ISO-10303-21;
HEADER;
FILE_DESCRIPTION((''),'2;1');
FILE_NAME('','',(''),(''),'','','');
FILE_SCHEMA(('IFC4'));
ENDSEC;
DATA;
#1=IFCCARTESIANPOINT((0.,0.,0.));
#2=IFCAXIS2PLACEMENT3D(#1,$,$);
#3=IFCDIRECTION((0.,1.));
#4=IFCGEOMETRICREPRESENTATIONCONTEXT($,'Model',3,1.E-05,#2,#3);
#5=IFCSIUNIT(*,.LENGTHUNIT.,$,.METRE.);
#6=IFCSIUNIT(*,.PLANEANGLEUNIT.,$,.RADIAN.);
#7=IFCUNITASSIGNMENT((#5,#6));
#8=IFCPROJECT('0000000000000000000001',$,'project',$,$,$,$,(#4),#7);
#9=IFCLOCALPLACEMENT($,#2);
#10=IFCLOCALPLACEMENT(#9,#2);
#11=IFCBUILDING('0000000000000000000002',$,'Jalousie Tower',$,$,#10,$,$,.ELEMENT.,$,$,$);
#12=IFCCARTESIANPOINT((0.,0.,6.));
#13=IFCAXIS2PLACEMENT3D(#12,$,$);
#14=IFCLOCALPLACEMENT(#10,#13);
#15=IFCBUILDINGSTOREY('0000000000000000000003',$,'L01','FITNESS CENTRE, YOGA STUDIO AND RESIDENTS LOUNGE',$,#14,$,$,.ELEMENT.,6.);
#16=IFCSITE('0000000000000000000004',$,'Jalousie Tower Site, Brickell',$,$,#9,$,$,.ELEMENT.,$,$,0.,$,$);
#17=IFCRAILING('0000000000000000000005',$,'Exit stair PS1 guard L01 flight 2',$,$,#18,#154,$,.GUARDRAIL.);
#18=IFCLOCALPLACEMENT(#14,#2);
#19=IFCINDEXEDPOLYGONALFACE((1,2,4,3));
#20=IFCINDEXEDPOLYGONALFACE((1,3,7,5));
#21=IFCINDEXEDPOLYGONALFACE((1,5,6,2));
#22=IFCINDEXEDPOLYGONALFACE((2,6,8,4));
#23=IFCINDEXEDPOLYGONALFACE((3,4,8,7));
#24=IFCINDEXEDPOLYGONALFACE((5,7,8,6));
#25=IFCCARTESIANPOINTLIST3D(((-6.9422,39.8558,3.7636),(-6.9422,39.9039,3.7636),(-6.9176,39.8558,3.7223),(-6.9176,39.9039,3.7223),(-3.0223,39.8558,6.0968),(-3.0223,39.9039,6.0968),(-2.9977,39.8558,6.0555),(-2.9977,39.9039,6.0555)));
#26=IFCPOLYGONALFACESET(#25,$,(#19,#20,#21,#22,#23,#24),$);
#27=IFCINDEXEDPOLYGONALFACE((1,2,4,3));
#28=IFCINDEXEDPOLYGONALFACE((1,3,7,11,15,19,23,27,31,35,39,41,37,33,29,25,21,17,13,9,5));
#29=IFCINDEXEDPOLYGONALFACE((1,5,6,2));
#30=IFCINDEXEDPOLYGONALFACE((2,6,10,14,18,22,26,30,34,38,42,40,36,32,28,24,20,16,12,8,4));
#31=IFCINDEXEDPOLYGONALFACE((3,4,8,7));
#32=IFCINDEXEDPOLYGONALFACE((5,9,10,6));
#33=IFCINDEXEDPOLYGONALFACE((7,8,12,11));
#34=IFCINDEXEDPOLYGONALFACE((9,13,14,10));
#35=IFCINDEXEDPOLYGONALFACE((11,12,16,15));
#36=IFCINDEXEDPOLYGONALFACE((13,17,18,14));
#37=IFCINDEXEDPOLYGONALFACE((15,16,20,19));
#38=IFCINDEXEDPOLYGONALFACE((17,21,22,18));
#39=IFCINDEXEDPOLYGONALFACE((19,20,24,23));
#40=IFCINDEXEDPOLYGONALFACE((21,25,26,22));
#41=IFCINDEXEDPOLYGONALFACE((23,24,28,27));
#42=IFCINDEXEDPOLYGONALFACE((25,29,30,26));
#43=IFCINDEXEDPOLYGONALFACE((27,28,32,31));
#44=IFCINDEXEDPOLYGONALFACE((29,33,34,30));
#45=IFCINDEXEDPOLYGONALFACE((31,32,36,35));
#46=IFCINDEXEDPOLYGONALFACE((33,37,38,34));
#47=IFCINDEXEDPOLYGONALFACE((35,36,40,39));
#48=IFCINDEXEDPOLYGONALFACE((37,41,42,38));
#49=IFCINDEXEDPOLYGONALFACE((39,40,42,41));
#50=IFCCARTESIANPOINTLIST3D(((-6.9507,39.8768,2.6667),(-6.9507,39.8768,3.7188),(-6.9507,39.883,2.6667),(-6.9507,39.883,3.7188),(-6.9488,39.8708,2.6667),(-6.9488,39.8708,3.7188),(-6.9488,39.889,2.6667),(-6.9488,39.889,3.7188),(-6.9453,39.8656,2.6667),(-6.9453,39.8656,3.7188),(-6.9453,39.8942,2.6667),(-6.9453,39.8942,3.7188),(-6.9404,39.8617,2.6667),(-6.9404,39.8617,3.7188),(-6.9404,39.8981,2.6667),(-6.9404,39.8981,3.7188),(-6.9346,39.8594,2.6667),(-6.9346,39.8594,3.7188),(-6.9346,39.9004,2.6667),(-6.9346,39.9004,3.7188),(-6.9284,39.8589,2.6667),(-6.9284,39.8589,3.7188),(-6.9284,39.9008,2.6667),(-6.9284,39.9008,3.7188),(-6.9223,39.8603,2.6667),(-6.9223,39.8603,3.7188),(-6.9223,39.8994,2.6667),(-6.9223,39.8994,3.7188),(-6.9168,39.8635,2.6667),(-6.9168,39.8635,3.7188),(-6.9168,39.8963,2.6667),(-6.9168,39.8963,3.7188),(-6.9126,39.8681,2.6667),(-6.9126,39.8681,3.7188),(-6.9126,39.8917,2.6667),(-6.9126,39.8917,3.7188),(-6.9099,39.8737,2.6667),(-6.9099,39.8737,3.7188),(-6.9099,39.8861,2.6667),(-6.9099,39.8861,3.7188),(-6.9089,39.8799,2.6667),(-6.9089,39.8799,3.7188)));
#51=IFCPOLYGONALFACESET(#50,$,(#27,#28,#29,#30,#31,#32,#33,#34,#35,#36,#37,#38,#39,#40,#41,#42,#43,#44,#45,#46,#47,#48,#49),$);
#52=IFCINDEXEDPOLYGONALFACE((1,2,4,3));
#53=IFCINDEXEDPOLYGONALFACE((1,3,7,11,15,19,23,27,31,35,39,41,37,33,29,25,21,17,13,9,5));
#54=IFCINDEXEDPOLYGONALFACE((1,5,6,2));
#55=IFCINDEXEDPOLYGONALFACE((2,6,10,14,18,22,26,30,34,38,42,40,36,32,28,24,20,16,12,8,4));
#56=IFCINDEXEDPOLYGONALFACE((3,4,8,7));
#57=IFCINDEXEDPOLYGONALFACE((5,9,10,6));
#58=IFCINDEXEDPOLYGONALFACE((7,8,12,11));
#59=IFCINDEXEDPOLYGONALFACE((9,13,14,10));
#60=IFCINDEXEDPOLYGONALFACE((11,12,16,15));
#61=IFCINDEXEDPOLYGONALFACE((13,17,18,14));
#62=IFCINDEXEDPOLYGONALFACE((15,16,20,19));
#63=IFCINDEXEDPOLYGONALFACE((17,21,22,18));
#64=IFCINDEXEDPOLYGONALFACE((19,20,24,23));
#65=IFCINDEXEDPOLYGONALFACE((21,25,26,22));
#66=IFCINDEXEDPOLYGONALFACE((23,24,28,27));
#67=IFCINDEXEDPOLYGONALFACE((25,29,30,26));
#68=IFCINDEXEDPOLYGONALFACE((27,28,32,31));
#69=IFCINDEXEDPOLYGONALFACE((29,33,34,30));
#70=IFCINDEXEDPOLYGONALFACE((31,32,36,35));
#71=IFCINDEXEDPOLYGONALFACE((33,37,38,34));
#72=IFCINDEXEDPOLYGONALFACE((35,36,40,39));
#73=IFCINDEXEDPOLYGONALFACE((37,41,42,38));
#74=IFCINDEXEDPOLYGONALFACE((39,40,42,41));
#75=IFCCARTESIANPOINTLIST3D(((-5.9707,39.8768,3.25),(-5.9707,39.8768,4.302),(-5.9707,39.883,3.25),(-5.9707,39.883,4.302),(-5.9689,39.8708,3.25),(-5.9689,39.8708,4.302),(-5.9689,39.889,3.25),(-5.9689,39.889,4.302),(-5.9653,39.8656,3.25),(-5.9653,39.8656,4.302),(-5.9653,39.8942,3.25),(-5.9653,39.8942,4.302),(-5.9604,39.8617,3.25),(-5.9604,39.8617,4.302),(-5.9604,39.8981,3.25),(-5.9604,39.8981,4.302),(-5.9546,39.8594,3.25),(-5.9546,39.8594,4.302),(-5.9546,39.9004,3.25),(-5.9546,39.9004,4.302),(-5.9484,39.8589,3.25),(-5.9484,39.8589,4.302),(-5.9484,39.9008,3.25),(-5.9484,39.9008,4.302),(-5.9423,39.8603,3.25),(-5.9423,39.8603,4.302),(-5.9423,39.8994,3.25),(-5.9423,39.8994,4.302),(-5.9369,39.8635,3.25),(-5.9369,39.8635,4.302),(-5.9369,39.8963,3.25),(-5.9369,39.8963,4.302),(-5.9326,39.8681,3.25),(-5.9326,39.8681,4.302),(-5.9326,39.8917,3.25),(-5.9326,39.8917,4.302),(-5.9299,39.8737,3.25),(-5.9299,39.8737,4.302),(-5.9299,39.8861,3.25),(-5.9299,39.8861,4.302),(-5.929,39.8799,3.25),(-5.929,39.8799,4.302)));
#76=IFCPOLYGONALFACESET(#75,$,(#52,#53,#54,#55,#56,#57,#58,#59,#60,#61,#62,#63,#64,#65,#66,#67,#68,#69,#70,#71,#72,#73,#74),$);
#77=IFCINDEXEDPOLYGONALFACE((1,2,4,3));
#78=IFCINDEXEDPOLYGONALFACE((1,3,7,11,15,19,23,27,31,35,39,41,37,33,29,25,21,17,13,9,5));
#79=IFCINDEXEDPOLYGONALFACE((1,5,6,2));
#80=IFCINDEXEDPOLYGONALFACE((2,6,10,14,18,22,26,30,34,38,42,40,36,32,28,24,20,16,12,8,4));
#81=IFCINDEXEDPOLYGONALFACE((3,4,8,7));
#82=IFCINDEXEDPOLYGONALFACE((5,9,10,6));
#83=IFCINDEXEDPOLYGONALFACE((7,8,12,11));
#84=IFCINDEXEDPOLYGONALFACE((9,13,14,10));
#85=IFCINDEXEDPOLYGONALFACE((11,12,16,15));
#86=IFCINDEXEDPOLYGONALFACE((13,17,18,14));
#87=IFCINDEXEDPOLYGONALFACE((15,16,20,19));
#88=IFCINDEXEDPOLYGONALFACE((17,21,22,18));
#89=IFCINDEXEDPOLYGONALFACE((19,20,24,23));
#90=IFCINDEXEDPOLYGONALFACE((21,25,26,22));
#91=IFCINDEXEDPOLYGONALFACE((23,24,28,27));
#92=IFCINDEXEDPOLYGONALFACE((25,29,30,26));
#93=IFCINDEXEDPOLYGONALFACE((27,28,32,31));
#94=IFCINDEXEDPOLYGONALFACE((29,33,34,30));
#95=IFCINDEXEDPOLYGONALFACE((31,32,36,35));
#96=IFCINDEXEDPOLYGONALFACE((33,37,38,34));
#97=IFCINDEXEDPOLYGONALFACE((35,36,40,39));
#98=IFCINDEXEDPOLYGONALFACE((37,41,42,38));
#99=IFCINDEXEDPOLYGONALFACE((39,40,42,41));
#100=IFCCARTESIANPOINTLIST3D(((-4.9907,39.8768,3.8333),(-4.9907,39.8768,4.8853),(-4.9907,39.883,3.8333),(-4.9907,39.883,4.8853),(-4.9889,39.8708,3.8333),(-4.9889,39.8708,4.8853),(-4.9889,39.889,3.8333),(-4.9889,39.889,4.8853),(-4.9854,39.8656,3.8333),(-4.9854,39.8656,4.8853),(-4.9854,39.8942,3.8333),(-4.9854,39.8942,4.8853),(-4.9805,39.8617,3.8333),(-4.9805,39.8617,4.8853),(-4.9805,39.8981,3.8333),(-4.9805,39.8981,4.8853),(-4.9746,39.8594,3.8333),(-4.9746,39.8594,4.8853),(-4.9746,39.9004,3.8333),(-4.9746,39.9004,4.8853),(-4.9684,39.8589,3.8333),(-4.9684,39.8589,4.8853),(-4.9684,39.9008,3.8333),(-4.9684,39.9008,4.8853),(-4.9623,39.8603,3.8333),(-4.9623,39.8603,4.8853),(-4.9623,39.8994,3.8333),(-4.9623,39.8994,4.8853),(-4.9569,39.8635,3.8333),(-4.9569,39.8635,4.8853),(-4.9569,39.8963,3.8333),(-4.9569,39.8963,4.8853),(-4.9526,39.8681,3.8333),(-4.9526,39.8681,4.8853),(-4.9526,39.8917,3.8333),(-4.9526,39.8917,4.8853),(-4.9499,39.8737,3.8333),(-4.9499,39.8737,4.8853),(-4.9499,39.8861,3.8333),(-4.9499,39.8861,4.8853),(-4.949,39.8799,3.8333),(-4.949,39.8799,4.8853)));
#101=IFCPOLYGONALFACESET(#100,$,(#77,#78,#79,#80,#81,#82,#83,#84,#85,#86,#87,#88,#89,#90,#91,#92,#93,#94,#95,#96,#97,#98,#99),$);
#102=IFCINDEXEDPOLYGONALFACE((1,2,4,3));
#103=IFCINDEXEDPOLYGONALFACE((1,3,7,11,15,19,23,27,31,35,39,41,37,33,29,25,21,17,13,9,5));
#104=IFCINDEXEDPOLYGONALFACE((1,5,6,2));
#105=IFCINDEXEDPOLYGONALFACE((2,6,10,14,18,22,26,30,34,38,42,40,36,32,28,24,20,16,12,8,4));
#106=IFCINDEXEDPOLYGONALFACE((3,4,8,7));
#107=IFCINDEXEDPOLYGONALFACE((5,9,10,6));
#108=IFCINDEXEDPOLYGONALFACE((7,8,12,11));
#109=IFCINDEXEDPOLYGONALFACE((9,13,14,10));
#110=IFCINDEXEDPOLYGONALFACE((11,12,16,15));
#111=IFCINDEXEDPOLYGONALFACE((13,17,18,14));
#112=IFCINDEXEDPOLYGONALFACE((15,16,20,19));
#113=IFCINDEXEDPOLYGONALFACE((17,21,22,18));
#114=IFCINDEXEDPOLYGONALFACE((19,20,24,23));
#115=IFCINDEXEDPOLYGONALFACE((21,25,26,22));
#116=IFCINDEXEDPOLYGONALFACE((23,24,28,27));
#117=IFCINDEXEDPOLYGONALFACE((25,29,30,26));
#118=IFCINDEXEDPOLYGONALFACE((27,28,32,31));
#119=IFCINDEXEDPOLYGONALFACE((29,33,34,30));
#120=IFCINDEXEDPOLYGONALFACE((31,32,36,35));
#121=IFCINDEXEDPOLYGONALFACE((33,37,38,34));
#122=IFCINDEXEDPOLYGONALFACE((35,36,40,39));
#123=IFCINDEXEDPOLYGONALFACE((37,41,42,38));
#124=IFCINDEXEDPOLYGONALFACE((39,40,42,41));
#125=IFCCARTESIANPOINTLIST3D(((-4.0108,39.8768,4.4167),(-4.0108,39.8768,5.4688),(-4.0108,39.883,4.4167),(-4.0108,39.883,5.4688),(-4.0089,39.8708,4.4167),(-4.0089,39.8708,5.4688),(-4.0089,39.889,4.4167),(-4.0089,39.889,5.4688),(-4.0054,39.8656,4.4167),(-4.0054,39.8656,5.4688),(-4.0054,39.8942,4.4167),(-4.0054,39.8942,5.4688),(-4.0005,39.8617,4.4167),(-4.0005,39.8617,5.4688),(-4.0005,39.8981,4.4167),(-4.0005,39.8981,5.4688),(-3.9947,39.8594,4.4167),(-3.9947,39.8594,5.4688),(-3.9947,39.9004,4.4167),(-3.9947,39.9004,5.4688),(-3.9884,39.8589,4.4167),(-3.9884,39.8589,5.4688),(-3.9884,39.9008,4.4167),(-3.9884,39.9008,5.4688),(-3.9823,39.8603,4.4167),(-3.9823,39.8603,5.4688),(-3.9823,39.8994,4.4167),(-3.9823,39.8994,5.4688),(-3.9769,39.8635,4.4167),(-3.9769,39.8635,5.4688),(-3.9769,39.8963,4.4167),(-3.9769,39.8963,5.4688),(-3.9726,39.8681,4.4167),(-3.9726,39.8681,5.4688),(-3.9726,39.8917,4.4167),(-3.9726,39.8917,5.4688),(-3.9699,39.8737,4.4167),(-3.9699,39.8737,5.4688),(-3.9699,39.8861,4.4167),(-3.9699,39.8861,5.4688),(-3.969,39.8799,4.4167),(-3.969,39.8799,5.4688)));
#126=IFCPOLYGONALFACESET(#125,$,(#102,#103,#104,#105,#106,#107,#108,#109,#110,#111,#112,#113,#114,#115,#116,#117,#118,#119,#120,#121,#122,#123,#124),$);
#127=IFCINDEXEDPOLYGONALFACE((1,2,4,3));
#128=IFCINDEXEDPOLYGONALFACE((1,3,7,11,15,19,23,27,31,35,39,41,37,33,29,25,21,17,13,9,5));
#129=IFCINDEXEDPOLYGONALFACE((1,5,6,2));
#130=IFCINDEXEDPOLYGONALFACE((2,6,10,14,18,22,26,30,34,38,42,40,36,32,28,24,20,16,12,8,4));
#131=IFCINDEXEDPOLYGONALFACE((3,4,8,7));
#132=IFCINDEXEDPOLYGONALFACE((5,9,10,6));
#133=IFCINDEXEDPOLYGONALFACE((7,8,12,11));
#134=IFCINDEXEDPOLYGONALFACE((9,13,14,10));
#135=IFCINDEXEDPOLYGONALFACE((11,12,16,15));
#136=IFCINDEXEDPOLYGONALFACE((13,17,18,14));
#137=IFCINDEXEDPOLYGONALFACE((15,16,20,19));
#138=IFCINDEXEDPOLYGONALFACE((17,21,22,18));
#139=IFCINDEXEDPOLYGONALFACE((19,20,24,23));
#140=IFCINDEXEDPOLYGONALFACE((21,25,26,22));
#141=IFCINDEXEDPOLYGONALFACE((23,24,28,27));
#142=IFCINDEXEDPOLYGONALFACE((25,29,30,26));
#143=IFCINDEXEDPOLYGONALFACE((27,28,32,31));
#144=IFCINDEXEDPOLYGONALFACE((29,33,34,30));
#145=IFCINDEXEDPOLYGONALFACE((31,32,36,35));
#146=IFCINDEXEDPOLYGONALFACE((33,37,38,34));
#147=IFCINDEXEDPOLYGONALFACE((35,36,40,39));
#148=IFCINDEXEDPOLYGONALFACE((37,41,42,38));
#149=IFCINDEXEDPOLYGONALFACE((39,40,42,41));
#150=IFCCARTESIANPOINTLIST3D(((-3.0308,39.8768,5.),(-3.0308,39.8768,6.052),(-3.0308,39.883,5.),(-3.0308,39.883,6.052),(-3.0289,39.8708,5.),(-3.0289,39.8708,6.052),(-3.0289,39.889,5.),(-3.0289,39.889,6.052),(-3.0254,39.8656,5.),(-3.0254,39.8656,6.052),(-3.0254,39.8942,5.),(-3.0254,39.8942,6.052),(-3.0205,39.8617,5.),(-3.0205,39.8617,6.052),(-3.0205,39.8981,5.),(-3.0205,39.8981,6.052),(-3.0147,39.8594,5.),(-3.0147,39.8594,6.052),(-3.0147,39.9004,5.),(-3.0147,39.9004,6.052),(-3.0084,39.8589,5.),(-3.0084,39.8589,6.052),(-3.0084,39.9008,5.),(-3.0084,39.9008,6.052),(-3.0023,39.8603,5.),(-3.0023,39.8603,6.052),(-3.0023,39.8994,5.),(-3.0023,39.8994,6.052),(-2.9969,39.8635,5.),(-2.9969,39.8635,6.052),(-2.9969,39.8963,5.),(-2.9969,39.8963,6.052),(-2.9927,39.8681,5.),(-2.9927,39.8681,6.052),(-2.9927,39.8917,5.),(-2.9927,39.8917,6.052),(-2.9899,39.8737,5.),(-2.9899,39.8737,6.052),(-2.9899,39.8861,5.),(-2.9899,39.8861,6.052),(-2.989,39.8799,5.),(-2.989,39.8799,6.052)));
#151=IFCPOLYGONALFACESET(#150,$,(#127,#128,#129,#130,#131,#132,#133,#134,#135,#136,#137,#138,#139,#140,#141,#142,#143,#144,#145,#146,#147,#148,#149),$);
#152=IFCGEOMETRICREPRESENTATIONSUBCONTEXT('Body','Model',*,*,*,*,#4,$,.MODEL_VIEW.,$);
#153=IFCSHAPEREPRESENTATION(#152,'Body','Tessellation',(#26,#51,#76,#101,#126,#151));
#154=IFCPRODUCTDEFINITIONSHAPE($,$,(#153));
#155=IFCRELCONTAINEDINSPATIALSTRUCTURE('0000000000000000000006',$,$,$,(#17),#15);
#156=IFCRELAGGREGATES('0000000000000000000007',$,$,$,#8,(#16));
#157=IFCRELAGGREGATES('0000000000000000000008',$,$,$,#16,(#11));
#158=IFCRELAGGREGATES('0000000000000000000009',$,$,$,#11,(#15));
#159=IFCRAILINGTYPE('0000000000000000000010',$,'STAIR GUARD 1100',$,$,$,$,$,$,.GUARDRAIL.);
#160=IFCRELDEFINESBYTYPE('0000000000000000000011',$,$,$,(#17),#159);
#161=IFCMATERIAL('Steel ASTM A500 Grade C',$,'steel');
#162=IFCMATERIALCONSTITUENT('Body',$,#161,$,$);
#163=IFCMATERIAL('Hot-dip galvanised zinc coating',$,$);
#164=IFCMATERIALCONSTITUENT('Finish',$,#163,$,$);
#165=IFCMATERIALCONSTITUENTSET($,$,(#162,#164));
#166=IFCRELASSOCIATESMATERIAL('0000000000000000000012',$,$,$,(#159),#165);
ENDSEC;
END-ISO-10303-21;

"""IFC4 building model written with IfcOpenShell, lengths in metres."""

from ifc_helpers import new_model, si_unit, direction, frame, origin, origin_2d, place, context, subcontext, project, spatial, rectangle, circle, extrude, material, constituent, constituent_set, type_object, element, save


model = new_model("IFC4")

# Units and contexts
model_context = context("Model", 3, precision=1e-05, world=origin(), true_north=direction((0.0, 1.0)))
body_context = subcontext(model_context, "Body", "Model", "MODEL_VIEW")
ifc_project = project(units=[si_unit("LENGTHUNIT", "METRE"), si_unit("PLANEANGLEUNIT", "RADIAN")], contexts=[model_context])

# Site, building, storey
site_placement = place(None, origin())
site = spatial("IfcSite", under=ifc_project, at=site_placement, Name="Jalousie Tower Site, Brickell", CompositionType="ELEMENT", RefElevation=0.0)
building_placement = place(site_placement, origin())
building = spatial("IfcBuilding", under=site, at=building_placement, Name="Jalousie Tower", CompositionType="ELEMENT")
storey_placement = place(building_placement, frame((0.0, 0.0, 6.0)))
storey = spatial("IfcBuildingStorey", under=building, at=storey_placement, Name="L01", Description="FITNESS CENTRE, YOGA STUDIO AND RESIDENTS LOUNGE", CompositionType="ELEMENT", Elevation=6.0)

# Railing
ifc_material_1 = material(Name="Steel ASTM A500 Grade C", Category="steel")
ifc_constituent_1 = constituent(ifc_material_1, Name="Body")
ifc_material_2 = material(Name="Hot-dip galvanised zinc coating")
ifc_constituent_2 = constituent(ifc_material_2, Name="Finish")
ifc_constituent_set_1 = constituent_set(constituents=[ifc_constituent_1, ifc_constituent_2])
railing_type_1 = type_object("IfcRailingType", Name="STAIR GUARD 1100", PredefinedType="GUARDRAIL", material=ifc_constituent_set_1)
railing_1_placement = place(storey_placement, frame((-6.9299, 39.8799, 2.6667)))
element("IfcRailing", 1, at=railing_1_placement, inside=storey, type_object=railing_type_1, Name="Exit stair PS1 guard L01 flight 2", PredefinedType="GUARDRAIL", context=body_context, shape_type="SweptSolid", body=[
    extrude(rectangle(XDim=0.0481, YDim=0.0481, at=origin_2d()), frame((0.0, 0.0, 1.0762), z_axis=(0.859296, 0.0, 0.511478), x_axis=(0.0, 1.0, 0.0)), (0.0, 0.0, 1.0), 4.5618),
    extrude(circle(Radius=0.021, at=origin_2d()), origin(), (0.0, 0.0, 1.0), 1.052),
    extrude(circle(Radius=0.021, at=origin_2d()), frame((0.98, 0.0, 0.5833)), (0.0, 0.0, 1.0), 1.052),
    extrude(circle(Radius=0.021, at=origin_2d()), frame((1.96, 0.0, 1.1665)), (0.0, 0.0, 1.0), 1.052),
    extrude(circle(Radius=0.021, at=origin_2d()), frame((2.9399, 0.0, 1.75)), (0.0, 0.0, 1.0), 1.052),
    extrude(circle(Radius=0.021, at=origin_2d()), frame((3.9199, 0.0, 2.3333)), (0.0, 0.0, 1.0), 1.052),
])

save(model, "model.ifc")
